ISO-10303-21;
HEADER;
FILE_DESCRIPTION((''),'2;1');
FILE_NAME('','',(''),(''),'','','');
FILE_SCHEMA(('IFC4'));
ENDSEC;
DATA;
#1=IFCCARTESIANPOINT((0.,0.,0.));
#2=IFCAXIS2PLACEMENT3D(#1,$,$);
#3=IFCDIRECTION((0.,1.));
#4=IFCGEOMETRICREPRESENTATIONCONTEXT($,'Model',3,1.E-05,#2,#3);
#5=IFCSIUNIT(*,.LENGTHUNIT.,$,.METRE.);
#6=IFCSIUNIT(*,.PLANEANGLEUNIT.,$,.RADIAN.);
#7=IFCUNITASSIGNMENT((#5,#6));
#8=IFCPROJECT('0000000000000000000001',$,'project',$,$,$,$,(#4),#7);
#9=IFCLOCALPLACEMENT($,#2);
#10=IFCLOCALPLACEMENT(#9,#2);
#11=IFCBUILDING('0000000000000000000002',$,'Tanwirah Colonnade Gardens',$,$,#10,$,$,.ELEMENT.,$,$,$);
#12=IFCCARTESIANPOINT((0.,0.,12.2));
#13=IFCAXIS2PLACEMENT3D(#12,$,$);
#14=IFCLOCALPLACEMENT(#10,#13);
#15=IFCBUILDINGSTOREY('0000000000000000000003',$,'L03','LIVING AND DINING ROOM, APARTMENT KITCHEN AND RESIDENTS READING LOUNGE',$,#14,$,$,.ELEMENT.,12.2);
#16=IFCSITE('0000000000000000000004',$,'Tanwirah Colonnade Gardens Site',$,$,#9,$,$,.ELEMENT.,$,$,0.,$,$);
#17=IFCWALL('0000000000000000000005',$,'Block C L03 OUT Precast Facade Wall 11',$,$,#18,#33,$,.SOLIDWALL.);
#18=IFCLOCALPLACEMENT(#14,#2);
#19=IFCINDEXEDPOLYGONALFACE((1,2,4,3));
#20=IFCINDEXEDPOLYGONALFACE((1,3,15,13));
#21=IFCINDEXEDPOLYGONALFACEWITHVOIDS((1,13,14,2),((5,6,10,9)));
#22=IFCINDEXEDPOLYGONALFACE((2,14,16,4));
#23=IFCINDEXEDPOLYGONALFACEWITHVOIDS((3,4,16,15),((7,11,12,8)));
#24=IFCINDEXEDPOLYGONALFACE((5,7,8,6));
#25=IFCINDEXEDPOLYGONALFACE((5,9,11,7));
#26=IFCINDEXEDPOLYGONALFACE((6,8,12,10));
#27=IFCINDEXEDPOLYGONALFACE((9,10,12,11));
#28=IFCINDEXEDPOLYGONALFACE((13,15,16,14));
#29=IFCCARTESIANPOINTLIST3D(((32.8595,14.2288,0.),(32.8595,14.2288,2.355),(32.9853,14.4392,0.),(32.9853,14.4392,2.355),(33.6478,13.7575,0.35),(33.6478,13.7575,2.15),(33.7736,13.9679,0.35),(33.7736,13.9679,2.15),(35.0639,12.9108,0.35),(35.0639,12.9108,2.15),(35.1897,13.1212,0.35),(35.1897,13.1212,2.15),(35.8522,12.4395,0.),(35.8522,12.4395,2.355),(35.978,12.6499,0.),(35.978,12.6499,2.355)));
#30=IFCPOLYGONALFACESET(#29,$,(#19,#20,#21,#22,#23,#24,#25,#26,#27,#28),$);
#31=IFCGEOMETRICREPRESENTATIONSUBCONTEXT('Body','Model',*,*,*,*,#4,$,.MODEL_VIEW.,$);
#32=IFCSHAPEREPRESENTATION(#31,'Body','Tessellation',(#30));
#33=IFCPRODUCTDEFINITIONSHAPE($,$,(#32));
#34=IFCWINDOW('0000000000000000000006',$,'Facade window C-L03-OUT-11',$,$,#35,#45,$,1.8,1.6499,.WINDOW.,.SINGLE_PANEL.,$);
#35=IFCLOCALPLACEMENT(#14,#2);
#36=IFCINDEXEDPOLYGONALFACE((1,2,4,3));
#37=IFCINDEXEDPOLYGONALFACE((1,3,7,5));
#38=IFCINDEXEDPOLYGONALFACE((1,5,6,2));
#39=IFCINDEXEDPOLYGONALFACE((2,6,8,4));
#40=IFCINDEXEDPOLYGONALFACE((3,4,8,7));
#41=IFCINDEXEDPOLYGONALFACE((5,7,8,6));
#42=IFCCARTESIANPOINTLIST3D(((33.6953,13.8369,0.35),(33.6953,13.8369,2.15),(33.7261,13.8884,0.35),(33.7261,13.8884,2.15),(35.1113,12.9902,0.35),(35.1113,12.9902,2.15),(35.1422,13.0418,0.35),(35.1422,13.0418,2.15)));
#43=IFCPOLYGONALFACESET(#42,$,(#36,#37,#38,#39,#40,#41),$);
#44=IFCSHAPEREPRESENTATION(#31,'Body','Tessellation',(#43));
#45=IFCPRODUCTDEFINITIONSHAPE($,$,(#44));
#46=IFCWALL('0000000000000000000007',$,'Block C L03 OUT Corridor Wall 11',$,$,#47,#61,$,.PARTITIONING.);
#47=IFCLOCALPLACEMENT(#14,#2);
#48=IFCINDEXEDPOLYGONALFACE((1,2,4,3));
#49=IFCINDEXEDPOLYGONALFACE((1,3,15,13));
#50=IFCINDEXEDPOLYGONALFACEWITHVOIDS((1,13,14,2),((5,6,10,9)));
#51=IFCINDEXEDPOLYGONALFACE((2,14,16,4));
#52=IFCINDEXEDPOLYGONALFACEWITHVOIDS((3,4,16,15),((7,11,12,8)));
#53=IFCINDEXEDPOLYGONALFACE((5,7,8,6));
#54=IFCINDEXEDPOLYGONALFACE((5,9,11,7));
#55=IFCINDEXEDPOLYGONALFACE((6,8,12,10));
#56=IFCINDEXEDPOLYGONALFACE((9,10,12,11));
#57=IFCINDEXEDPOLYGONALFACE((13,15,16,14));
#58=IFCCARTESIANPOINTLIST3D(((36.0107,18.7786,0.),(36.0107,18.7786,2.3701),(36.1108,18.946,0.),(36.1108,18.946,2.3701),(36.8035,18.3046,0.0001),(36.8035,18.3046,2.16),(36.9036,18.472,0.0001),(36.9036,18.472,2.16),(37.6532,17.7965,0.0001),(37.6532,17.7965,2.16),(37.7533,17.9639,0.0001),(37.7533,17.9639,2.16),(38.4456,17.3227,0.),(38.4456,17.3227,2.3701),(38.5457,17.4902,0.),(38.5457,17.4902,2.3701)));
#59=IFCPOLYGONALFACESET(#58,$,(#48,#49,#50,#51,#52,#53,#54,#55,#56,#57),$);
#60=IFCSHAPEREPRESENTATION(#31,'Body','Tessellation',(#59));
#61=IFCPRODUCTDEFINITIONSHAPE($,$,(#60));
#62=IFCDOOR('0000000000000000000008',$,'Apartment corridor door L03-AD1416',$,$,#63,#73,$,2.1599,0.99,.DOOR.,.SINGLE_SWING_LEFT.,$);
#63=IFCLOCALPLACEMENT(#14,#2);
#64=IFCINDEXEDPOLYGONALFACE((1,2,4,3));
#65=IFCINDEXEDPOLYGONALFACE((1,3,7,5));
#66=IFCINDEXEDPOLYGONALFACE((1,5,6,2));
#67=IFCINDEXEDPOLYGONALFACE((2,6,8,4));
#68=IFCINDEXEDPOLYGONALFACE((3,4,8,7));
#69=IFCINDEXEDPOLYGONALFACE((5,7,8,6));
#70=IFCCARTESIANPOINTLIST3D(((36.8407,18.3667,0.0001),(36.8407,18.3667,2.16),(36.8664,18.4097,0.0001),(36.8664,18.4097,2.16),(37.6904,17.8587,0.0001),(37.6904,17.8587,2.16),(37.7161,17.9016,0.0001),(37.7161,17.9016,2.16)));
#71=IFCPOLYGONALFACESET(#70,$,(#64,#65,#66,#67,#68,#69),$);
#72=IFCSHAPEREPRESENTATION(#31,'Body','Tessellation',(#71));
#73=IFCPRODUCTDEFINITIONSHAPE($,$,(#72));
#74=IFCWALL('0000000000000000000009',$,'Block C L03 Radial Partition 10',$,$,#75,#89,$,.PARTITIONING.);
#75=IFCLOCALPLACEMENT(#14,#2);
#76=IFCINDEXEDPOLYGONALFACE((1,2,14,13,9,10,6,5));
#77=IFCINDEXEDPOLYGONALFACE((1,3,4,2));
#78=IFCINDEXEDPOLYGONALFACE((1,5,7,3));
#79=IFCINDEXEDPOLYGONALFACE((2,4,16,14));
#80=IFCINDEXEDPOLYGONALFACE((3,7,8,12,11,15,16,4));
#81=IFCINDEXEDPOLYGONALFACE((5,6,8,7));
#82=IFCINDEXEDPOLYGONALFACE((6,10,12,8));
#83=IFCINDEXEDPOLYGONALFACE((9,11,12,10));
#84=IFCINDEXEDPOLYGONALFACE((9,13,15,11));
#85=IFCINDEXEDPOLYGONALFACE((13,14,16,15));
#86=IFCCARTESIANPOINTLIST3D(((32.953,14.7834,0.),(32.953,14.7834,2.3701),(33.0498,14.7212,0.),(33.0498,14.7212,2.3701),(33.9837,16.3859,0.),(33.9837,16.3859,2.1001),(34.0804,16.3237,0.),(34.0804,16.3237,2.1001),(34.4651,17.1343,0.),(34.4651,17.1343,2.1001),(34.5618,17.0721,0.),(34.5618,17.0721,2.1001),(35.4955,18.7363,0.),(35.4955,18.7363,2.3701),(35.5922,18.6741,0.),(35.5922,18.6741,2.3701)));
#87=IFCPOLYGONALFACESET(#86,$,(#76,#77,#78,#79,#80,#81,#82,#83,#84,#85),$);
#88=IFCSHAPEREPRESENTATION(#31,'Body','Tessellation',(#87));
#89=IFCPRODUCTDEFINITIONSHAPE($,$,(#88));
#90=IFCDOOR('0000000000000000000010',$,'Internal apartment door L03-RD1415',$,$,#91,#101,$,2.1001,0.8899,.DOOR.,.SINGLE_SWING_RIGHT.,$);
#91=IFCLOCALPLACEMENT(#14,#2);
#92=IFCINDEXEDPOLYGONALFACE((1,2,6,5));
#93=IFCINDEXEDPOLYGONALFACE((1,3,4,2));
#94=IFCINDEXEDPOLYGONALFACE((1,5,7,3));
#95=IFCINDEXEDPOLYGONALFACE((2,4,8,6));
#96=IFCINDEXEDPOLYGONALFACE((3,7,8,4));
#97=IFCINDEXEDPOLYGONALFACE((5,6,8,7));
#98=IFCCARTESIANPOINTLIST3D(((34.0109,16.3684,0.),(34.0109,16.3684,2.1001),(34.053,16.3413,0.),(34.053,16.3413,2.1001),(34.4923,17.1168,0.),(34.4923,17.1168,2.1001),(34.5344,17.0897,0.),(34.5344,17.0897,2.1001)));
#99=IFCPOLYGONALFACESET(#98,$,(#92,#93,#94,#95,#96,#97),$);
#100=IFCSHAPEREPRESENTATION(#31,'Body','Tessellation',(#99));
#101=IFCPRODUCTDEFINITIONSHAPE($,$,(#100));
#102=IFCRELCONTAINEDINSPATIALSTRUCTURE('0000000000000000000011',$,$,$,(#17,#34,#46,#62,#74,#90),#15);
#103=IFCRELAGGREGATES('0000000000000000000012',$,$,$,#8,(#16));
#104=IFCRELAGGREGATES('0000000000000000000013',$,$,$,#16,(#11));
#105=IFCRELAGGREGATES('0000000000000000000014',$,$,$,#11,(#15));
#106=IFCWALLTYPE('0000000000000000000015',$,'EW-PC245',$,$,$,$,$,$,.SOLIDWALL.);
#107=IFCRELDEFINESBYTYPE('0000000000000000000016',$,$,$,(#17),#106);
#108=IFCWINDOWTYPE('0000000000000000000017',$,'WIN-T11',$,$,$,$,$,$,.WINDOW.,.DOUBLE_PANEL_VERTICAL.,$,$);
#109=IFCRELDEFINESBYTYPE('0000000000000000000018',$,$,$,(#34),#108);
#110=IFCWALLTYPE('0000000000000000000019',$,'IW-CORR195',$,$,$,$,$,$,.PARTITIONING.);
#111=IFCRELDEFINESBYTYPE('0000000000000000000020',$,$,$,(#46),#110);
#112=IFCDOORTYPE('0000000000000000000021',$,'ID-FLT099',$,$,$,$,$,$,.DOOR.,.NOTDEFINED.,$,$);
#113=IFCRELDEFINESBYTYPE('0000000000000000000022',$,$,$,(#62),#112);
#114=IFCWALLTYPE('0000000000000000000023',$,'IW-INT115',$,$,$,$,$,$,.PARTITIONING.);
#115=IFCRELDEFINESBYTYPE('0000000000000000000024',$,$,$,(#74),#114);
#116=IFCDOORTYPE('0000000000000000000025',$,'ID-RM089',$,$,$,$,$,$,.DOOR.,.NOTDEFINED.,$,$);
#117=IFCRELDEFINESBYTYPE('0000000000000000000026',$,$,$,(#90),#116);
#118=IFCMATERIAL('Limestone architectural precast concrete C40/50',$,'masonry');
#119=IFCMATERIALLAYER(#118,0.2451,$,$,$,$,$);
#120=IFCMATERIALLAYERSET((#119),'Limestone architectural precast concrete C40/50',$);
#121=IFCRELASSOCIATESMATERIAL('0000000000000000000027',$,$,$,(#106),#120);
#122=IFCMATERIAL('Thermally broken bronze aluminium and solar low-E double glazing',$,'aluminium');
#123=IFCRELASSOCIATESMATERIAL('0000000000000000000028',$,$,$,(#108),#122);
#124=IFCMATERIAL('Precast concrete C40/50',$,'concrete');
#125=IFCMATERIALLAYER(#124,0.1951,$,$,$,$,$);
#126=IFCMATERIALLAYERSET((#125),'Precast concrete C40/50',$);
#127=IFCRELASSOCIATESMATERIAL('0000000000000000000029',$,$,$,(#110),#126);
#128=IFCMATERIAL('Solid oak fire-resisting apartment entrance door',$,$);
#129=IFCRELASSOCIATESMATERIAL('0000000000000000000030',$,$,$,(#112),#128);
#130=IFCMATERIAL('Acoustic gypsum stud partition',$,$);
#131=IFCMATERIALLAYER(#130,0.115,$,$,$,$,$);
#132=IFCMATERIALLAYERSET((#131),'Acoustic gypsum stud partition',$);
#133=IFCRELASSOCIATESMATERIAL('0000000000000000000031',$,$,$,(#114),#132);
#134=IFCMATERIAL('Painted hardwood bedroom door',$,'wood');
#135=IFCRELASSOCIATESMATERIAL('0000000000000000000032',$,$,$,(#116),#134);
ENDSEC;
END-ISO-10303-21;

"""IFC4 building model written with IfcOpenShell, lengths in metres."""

from ifc_helpers import new_model, si_unit, direction, frame, frame_2d, origin, place, context, subcontext, project, spatial, rectangle, extrude, material, layer, layer_set, type_object, element, fill, save


model = new_model("IFC4")

# Units and contexts
model_context = context("Model", 3, precision=1e-05, world=origin(), true_north=direction((0.0, 1.0)))
body_context = subcontext(model_context, "Body", "Model", "MODEL_VIEW")
ifc_project = project(units=[si_unit("LENGTHUNIT", "METRE"), si_unit("PLANEANGLEUNIT", "RADIAN")], contexts=[model_context])

# Site, building, storey
site_placement = place(None, origin())
site = spatial("IfcSite", under=ifc_project, at=site_placement, Name="Tanwirah Colonnade Gardens Site", CompositionType="ELEMENT", RefElevation=0.0)
building_placement = place(site_placement, origin())
building = spatial("IfcBuilding", under=site, at=building_placement, Name="Tanwirah Colonnade Gardens", CompositionType="ELEMENT")
storey_placement = place(building_placement, frame((0.0, 0.0, 12.2)))
storey = spatial("IfcBuildingStorey", under=building, at=storey_placement, Name="L03", Description="LIVING AND DINING ROOM, APARTMENT KITCHEN AND RESIDENTS READING LOUNGE", CompositionType="ELEMENT", Elevation=12.2)

# Shared definitions
ifc_material_1 = material(Name="Precast concrete C40/50", Category="concrete")

# Shared definitions
ifc_material_2 = material(Name="Limestone architectural precast concrete C40/50", Category="masonry")
ifc_layer_1 = layer(ifc_material_2, 0.2451)
ifc_layer_set_1 = layer_set([ifc_layer_1], Name="Limestone architectural precast concrete C40/50")
wall_type_1 = type_object("IfcWallType", Name="EW-PC245", PredefinedType="SOLIDWALL", material=ifc_layer_set_1)

# Wall, opening, window
wall_1_placement = place(storey_placement, frame((32.9224, 14.334, 0.0), z_axis=(0.0, 0.0, 1.0), x_axis=(0.858289, -0.513167, 0.0)))
wall_1 = element("IfcWall", 1, at=wall_1_placement, inside=storey, type_object=wall_type_1, Name="Block C L03 OUT Precast Facade Wall 11", PredefinedType="SOLIDWALL", context=body_context, shape_type="SweptSolid", body=[
    extrude(rectangle(XDim=3.4868, YDim=0.2451, at=frame_2d((1.7434, 0.0))), origin(), (0.0, 0.0, 1.0), 2.355),
])
opening_1_placement = place(wall_1_placement, frame((0.9185, 0.0, 0.3501)))
opening_1 = element("IfcOpeningElement", 2, at=opening_1_placement, cuts=wall_1, PredefinedType="OPENING", context=body_context, shape_type="SweptSolid", body=[
    extrude(rectangle(XDim=1.6499, YDim=1.8, at=frame_2d((0.825, 0.8999))), frame((0.0, 0.1326, 0.0), z_axis=(0.0, -1.0, 0.0), x_axis=(1.0, 0.0, 0.0)), (0.0, 0.0, 1.0), 0.2651),
])
ifc_material_3 = material(Name="Thermally broken bronze aluminium and solar low-E double glazing", Category="aluminium")
window_type = type_object("IfcWindowType", Name="WIN-T11", PartitioningType="DOUBLE_PANEL_VERTICAL", PredefinedType="WINDOW", material=ifc_material_3)
window_placement = place(opening_1_placement, origin())
window = element("IfcWindow", 3, at=window_placement, inside=storey, type_object=window_type, Name="Facade window C-L03-OUT-11", OverallHeight=1.8, OverallWidth=1.6499, PartitioningType="SINGLE_PANEL", PredefinedType="WINDOW", context=body_context, shape_type="SweptSolid", body=[
    extrude(rectangle(XDim=1.6499, YDim=1.8, at=frame_2d((0.825, 0.8999))), frame((0.0, 0.03, 0.0), z_axis=(0.0, -1.0, 0.0), x_axis=(1.0, 0.0, 0.0)), (0.0, 0.0, 1.0), 0.0601),
])
fill(opening_1, window)

# Walls, openings, doors
ifc_layer_2 = layer(ifc_material_1, 0.1951)
ifc_layer_set_2 = layer_set([ifc_layer_2], Name="Precast concrete C40/50")
wall_type_2 = type_object("IfcWallType", Name="IW-CORR195", PredefinedType="PARTITIONING", material=ifc_layer_set_2)
wall_2_placement = place(storey_placement, frame((36.0608, 18.8623, 0.0), z_axis=(0.0, 0.0, 1.0), x_axis=(0.858282, -0.513179, 0.0)))
wall_2 = element("IfcWall", 4, at=wall_2_placement, inside=storey, type_object=wall_type_2, Name="Block C L03 OUT Corridor Wall 11", PredefinedType="PARTITIONING", context=body_context, shape_type="SweptSolid", body=[
    extrude(rectangle(XDim=2.8369, YDim=0.1951, at=frame_2d((1.4185, 0.0))), origin(), (0.0, 0.0, 1.0), 2.3701),
])
opening_2_placement = place(wall_2_placement, frame((0.9236, 0.0, 0.0)))
opening_2 = element("IfcOpeningElement", 5, at=opening_2_placement, cuts=wall_2, PredefinedType="OPENING", context=body_context, shape_type="SweptSolid", body=[
    extrude(rectangle(XDim=0.99, YDim=2.1599, at=frame_2d((0.4951, 1.0801))), frame((0.0, 0.1074, 0.0), z_axis=(0.0, -1.0, 0.0), x_axis=(1.0, 0.0, 0.0)), (0.0, 0.0, 1.0), 0.2151),
])
ifc_material_4 = material(Name="Solid oak fire-resisting apartment entrance door")
door_type_1 = type_object("IfcDoorType", Name="ID-FLT099", OperationType="NOTDEFINED", PredefinedType="DOOR", material=ifc_material_4)
door_1_placement = place(opening_2_placement, origin())
door_1 = element("IfcDoor", 6, at=door_1_placement, inside=storey, type_object=door_type_1, Name="Apartment corridor door L03-AD1416", OperationType="SINGLE_SWING_LEFT", OverallHeight=2.1599, OverallWidth=0.99, PredefinedType="DOOR", context=body_context, shape_type="SweptSolid", body=[
    extrude(rectangle(XDim=0.99, YDim=2.1599, at=frame_2d((0.4951, 1.0801))), frame((0.0, 0.0249, 0.0), z_axis=(0.0, -1.0, 0.0), x_axis=(1.0, 0.0, 0.0)), (0.0, 0.0, 1.0), 0.05),
])
fill(opening_2, door_1)
ifc_material_5 = material(Name="Acoustic gypsum stud partition")
ifc_layer_3 = layer(ifc_material_5, 0.115)
ifc_layer_set_3 = layer_set([ifc_layer_3], Name="Acoustic gypsum stud partition")
wall_type_3 = type_object("IfcWallType", Name="IW-INT115", PredefinedType="PARTITIONING", material=ifc_layer_set_3)
wall_3_placement = place(storey_placement, frame((35.5439, 18.7053, 0.0), z_axis=(0.0, 0.0, 1.0), x_axis=(-0.54096, -0.841048, 0.0)))
wall_3 = element("IfcWall", 7, at=wall_3_placement, inside=storey, type_object=wall_type_3, Name="Block C L03 Radial Partition 10", PredefinedType="PARTITIONING", context=body_context, shape_type="SweptSolid", body=[
    extrude(rectangle(XDim=4.7, YDim=0.115, at=frame_2d((2.3501, 0.0))), origin(), (0.0, 0.0, 1.0), 2.3701),
])
opening_3_placement = place(wall_3_placement, frame((1.905, 0.0, 0.0)))
opening_3 = element("IfcOpeningElement", 8, at=opening_3_placement, cuts=wall_3, PredefinedType="OPENING", context=body_context, shape_type="SweptSolid", body=[
    extrude(rectangle(XDim=0.8899, YDim=2.1001, at=frame_2d((0.4448, 1.05))), frame((0.0, 0.0674, 0.0), z_axis=(0.0, -1.0, 0.0), x_axis=(1.0, 0.0, 0.0)), (0.0, 0.0, 1.0), 0.135),
])
ifc_material_6 = material(Name="Painted hardwood bedroom door", Category="wood")
door_type_2 = type_object("IfcDoorType", Name="ID-RM089", OperationType="NOTDEFINED", PredefinedType="DOOR", material=ifc_material_6)
door_2_placement = place(opening_3_placement, origin())
door_2 = element("IfcDoor", 9, at=door_2_placement, inside=storey, type_object=door_type_2, Name="Internal apartment door L03-RD1415", OperationType="SINGLE_SWING_RIGHT", OverallHeight=2.1001, OverallWidth=0.8899, PredefinedType="DOOR", context=body_context, shape_type="SweptSolid", body=[
    extrude(rectangle(XDim=0.8899, YDim=2.1001, at=frame_2d((0.4448, 1.05))), frame((0.0, 0.0249, 0.0), z_axis=(0.0, -1.0, 0.0), x_axis=(1.0, 0.0, 0.0)), (0.0, 0.0, 1.0), 0.05),
])
fill(opening_3, door_2)

save(model, "model.ifc")
